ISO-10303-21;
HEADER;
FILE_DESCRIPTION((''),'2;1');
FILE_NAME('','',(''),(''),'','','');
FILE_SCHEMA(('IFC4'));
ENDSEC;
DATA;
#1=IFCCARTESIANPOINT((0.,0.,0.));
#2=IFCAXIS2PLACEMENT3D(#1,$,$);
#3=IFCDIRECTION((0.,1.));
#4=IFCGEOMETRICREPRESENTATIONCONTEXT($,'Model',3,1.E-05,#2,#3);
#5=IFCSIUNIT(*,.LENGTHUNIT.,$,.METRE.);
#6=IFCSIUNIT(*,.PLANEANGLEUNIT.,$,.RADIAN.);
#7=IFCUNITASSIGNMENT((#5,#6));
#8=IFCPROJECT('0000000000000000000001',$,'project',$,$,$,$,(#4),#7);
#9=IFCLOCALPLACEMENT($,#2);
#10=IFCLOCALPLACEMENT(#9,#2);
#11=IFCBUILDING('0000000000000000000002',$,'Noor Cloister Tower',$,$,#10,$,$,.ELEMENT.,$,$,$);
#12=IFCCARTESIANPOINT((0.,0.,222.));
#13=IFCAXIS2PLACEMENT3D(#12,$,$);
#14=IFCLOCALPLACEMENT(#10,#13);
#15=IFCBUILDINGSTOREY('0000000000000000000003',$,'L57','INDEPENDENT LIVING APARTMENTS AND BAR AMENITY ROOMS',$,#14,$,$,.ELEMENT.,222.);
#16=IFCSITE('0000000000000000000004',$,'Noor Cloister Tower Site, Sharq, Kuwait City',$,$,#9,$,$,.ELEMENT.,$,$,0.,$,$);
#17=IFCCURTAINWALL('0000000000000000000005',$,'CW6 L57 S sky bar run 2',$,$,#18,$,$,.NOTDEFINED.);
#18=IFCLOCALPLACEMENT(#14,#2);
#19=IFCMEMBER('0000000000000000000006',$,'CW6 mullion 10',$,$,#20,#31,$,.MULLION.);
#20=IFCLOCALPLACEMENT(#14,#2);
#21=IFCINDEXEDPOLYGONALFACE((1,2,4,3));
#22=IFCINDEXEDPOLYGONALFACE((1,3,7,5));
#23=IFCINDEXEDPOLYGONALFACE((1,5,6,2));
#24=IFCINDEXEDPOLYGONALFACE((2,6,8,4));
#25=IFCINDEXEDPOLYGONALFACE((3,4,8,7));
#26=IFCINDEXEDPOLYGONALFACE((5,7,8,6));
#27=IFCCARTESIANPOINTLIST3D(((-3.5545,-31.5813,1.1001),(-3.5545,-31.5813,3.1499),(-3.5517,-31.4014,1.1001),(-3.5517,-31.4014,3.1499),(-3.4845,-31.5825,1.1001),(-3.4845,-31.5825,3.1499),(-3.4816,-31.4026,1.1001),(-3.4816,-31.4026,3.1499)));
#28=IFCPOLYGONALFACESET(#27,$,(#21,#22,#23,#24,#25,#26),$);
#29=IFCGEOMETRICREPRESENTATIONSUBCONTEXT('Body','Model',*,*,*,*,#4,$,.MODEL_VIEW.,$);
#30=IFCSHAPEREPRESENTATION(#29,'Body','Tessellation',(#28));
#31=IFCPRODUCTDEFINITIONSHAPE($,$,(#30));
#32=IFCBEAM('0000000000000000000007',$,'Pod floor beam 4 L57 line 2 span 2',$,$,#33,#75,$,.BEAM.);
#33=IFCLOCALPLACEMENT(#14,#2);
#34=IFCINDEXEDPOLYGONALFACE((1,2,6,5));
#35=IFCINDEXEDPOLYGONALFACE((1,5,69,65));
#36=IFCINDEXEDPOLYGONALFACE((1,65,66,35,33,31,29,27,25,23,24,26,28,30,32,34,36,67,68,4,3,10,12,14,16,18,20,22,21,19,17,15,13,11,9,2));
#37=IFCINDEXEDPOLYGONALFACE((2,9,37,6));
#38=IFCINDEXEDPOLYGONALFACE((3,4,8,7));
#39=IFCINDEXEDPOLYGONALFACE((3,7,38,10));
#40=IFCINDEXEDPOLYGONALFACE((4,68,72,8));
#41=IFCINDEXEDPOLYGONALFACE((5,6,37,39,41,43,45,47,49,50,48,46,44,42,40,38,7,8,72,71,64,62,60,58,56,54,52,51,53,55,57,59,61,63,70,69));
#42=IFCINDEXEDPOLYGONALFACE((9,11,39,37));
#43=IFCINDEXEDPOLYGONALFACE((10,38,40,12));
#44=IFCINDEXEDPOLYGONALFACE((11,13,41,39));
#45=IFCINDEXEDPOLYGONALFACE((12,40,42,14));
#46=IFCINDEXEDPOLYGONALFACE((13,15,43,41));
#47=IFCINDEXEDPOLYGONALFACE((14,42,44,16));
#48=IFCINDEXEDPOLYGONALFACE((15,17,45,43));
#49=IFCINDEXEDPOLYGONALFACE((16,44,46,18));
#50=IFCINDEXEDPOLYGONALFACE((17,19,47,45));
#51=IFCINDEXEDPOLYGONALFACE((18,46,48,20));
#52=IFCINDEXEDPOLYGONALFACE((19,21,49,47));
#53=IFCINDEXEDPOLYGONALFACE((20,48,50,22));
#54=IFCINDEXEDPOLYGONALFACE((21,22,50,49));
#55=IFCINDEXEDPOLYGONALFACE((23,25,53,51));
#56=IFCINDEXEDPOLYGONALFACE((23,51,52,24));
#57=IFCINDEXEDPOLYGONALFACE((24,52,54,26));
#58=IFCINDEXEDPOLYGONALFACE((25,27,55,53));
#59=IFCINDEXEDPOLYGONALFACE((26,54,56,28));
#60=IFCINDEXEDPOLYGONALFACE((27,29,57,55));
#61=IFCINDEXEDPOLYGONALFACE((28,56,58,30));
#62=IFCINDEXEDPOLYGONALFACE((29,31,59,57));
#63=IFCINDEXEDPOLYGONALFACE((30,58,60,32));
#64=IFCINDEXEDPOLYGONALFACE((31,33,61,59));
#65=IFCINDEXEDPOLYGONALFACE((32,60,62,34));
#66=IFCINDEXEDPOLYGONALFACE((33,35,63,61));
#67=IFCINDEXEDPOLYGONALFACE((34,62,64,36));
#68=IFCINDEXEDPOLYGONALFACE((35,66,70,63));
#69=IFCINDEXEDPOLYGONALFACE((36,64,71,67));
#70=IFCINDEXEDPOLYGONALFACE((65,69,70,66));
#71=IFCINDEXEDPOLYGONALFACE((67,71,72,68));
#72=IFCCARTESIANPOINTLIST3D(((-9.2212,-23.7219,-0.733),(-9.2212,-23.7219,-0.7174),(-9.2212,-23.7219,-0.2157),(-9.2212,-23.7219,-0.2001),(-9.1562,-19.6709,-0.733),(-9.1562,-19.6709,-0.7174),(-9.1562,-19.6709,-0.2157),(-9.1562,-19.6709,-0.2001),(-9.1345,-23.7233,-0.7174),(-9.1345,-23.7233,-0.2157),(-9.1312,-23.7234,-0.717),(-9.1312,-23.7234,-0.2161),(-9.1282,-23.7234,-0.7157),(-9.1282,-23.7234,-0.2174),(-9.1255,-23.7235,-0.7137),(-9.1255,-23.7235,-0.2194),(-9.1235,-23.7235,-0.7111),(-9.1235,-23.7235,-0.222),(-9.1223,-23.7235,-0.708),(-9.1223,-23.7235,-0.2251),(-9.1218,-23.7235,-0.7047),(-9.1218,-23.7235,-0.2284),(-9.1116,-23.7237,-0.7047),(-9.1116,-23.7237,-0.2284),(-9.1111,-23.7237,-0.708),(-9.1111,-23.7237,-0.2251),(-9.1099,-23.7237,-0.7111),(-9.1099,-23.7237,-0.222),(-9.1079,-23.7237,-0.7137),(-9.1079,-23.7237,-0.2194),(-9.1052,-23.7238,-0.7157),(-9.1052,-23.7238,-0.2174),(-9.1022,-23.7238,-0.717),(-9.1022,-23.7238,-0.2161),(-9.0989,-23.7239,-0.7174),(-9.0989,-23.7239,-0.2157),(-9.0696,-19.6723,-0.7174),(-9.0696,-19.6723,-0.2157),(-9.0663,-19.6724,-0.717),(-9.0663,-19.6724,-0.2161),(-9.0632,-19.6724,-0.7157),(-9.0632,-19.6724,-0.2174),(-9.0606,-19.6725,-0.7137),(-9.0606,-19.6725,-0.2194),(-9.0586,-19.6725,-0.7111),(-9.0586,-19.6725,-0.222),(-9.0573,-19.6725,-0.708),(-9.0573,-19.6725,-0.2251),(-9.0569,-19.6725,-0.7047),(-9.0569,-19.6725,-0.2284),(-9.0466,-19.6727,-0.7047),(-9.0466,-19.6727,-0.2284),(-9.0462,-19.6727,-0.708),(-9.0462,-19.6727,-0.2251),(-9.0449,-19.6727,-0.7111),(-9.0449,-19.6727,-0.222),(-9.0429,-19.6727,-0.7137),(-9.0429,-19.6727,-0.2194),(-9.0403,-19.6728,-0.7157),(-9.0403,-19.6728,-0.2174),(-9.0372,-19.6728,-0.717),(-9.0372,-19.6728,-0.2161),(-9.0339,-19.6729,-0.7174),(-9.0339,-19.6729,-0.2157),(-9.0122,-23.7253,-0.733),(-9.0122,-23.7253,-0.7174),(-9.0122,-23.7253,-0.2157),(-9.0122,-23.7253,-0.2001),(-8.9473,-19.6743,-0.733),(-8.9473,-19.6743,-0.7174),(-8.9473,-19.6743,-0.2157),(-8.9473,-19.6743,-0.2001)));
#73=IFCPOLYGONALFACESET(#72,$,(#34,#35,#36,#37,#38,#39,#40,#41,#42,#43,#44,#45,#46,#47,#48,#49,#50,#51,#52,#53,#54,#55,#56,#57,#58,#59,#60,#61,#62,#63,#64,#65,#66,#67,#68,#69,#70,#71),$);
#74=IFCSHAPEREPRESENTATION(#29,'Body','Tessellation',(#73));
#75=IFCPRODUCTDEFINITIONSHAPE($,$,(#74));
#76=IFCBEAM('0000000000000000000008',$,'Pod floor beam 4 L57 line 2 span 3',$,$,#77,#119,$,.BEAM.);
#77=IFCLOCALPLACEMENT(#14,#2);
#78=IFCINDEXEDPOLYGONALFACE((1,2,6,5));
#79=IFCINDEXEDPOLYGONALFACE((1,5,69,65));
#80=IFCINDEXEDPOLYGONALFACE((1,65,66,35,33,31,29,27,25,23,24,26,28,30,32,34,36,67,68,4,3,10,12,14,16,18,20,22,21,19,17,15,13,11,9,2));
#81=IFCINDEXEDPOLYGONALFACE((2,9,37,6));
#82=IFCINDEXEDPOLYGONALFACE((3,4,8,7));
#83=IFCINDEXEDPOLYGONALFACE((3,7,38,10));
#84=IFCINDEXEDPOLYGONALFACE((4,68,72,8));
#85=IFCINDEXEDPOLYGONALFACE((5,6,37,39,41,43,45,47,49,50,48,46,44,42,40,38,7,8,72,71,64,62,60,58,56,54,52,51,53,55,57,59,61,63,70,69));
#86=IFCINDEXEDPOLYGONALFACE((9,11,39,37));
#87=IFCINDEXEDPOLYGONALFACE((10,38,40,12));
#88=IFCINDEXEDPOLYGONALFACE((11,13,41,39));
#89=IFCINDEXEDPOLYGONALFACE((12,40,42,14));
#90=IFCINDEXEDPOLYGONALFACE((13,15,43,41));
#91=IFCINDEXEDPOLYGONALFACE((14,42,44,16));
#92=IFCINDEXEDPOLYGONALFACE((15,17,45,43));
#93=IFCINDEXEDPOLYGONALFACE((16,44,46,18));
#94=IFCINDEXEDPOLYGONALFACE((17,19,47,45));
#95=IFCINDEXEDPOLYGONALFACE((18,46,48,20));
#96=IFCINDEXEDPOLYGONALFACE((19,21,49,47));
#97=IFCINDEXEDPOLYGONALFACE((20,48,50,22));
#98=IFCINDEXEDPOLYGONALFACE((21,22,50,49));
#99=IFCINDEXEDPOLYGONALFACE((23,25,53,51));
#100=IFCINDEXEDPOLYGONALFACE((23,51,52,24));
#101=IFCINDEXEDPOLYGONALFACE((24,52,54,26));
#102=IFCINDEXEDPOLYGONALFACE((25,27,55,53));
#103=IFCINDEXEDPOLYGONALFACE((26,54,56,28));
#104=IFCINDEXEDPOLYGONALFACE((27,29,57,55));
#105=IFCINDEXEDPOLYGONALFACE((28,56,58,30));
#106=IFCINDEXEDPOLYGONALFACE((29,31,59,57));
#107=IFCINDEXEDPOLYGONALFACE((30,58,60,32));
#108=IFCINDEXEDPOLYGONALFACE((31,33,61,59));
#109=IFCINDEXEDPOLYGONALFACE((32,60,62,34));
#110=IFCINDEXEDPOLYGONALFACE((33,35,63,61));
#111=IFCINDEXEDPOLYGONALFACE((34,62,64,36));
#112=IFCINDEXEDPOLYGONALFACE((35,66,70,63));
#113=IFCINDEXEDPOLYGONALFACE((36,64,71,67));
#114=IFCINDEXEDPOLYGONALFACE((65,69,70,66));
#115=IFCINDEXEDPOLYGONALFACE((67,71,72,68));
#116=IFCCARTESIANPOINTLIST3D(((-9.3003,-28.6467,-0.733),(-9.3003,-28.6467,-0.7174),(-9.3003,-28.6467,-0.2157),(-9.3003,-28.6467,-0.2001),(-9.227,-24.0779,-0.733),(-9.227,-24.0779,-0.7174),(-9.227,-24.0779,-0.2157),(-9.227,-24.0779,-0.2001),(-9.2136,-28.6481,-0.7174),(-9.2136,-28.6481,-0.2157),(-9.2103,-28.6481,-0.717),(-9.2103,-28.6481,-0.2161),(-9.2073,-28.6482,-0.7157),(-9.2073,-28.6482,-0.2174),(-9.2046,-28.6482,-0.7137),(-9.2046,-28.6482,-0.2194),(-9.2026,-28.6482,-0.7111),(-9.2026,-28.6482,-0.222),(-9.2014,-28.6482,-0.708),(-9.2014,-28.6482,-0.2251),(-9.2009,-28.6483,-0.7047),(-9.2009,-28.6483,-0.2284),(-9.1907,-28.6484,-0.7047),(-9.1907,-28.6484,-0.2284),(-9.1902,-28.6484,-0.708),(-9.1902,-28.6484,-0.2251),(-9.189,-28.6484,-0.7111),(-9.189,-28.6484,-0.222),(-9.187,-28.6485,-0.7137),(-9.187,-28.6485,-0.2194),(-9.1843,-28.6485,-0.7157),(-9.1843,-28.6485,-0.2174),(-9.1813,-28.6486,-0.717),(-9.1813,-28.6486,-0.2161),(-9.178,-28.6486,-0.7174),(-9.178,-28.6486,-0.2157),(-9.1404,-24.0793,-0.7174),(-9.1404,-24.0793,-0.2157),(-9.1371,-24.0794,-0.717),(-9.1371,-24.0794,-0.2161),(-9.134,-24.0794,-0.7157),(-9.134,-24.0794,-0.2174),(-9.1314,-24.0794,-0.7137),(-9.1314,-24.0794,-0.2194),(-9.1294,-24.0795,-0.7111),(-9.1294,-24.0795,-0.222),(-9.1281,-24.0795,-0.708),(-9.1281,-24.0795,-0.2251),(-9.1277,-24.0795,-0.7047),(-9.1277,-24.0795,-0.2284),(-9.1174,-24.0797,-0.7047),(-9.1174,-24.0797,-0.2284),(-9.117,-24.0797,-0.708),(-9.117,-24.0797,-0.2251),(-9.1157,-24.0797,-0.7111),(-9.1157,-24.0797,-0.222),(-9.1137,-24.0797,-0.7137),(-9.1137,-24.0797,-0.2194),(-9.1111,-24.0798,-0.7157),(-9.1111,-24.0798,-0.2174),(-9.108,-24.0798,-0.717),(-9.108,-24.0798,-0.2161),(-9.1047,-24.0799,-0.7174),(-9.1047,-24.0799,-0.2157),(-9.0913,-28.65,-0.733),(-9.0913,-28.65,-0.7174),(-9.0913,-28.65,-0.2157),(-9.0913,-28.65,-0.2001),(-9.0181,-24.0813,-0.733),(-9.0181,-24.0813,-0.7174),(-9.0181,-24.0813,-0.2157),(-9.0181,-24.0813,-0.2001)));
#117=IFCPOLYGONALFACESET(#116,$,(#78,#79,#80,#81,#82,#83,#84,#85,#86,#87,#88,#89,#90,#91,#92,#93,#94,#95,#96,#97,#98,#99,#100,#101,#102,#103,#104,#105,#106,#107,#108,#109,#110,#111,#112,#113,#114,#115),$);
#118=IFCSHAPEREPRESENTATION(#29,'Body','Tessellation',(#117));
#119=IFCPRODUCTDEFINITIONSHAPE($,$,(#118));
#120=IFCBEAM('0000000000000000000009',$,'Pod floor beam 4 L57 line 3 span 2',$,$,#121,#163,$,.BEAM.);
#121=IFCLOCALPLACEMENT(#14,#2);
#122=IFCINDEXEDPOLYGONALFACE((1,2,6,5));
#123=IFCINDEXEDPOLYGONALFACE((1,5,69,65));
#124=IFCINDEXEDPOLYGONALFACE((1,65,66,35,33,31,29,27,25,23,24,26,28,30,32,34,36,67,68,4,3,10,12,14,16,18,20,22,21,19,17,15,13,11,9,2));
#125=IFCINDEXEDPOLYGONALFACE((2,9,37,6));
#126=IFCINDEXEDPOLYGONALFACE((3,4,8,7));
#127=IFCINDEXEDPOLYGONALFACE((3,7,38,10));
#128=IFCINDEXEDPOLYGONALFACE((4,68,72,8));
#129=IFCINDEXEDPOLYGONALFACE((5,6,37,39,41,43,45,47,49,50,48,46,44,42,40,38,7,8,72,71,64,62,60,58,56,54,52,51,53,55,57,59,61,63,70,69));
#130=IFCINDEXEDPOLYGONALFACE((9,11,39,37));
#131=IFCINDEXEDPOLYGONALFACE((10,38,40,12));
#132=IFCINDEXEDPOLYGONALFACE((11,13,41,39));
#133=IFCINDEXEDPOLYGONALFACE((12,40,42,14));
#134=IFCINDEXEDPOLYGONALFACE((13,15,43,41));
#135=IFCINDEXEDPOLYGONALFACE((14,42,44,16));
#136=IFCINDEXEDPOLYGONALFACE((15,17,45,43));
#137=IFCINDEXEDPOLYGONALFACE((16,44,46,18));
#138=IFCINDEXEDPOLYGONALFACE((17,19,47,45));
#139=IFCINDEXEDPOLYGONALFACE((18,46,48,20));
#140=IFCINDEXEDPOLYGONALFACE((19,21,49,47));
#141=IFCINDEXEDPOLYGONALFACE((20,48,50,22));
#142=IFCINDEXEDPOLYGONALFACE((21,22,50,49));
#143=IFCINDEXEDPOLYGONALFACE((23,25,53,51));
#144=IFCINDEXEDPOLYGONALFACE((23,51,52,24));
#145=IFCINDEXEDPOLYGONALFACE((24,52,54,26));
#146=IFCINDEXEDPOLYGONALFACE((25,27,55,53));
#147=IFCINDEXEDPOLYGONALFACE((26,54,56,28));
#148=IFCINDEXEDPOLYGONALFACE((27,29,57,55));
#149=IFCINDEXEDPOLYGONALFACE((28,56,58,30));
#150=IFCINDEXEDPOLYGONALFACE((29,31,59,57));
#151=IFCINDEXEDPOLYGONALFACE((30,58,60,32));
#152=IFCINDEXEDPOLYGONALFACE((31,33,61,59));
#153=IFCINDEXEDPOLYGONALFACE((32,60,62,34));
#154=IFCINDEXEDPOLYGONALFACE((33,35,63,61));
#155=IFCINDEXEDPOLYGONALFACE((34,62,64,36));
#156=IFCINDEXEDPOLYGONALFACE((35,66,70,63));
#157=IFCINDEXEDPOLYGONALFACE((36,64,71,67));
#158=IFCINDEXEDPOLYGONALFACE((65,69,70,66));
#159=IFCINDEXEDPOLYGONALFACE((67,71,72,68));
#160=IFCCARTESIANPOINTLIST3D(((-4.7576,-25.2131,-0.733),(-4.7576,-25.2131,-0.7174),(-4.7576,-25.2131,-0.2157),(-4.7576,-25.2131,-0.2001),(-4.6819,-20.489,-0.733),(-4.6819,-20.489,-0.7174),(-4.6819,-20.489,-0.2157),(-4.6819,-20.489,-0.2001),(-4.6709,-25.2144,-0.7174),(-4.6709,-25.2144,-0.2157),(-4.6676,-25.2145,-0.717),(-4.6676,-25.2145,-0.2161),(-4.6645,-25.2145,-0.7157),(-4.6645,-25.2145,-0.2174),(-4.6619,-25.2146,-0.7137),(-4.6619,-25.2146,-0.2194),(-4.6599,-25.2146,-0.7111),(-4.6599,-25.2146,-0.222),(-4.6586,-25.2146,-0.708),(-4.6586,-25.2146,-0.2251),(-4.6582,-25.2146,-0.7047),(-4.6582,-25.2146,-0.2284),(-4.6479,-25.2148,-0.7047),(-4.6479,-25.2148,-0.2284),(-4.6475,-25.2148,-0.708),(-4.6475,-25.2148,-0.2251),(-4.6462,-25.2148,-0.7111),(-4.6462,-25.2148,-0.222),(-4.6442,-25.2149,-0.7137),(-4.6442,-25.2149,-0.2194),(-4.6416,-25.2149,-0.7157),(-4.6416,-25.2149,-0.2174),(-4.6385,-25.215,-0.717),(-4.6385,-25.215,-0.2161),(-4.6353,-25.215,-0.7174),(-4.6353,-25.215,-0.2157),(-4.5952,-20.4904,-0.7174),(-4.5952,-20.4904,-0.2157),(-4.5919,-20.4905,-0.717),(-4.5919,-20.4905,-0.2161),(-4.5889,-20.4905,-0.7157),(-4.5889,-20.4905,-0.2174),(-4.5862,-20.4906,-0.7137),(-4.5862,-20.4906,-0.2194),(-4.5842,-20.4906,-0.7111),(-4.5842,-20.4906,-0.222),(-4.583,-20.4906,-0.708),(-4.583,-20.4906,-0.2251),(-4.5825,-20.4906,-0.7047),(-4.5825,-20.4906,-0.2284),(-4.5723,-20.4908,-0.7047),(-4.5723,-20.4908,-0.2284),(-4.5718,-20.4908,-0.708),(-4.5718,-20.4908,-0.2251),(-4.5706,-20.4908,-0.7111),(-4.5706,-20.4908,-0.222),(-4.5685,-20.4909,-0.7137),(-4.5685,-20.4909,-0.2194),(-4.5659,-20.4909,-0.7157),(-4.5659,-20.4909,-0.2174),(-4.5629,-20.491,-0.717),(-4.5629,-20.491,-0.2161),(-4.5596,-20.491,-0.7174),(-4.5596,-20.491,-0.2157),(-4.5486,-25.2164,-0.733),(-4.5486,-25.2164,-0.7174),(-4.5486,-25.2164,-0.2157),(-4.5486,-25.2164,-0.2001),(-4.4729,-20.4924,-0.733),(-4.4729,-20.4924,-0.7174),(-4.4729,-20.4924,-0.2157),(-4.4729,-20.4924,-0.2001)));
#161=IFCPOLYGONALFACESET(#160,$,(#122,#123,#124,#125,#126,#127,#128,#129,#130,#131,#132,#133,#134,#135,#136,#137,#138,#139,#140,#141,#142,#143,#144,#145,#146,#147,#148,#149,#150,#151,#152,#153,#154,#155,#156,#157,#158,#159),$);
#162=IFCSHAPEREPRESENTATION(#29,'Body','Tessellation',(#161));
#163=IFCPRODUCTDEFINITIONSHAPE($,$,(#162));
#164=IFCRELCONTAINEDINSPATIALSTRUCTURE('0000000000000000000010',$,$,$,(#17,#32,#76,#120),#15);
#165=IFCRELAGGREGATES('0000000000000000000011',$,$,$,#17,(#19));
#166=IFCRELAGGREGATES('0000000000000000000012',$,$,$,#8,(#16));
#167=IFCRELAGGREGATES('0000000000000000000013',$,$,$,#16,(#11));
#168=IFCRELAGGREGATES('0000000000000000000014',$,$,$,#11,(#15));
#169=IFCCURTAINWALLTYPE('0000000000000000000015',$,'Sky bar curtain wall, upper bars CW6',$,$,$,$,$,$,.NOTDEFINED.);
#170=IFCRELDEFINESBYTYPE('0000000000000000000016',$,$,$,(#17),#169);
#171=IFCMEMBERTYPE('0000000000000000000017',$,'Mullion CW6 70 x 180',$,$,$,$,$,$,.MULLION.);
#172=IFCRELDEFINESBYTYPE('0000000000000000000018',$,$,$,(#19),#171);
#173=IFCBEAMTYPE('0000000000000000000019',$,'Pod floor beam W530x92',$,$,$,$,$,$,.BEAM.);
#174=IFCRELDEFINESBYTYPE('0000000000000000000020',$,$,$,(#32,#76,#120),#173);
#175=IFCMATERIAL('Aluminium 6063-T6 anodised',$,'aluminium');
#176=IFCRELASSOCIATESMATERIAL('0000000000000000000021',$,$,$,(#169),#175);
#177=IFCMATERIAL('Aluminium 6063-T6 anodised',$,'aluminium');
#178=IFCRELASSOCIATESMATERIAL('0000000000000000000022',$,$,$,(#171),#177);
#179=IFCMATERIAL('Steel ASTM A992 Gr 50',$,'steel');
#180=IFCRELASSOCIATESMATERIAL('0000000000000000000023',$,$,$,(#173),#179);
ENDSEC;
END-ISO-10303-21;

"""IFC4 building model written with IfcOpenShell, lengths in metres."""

from ifc_helpers import new_model, si_unit, direction, frame, origin, origin_2d, place, context, subcontext, project, spatial, rectangle, i_section, extrude, material, material_profile, profile_set, type_object, element, aggregate, save


model = new_model("IFC4")

# Units and contexts
model_context = context("Model", 3, precision=1e-05, world=origin(), true_north=direction((0.0, 1.0)))
body_context = subcontext(model_context, "Body", "Model", "MODEL_VIEW")
ifc_project = project(units=[si_unit("LENGTHUNIT", "METRE"), si_unit("PLANEANGLEUNIT", "RADIAN")], contexts=[model_context])

# Site, building, storey
site_placement = place(None, origin())
site = spatial("IfcSite", under=ifc_project, at=site_placement, Name="Noor Cloister Tower Site, Sharq, Kuwait City", CompositionType="ELEMENT", RefElevation=0.0)
building_placement = place(site_placement, origin())
building = spatial("IfcBuilding", under=site, at=building_placement, Name="Noor Cloister Tower", CompositionType="ELEMENT")
storey_placement = place(building_placement, frame((0.0, 0.0, 222.0)))
storey = spatial("IfcBuildingStorey", under=building, at=storey_placement, Name="L57", Description="INDEPENDENT LIVING APARTMENTS AND BAR AMENITY ROOMS", CompositionType="ELEMENT", Elevation=222.0)

# Curtain wall, member
ifc_material_1 = material(Name="Aluminium 6063-T6 anodised", Category="aluminium")
curtain_wall_type = type_object("IfcCurtainWallType", Name="Sky bar curtain wall, upper bars CW6", PredefinedType="NOTDEFINED", material=ifc_material_1)
curtain_wall_placement = place(storey_placement, origin())
curtain_wall = element("IfcCurtainWall", 1, at=curtain_wall_placement, inside=storey, type_object=curtain_wall_type, Name="CW6 L57 S sky bar run 2", PredefinedType="NOTDEFINED")
ifc_material_2 = material(Name="Aluminium 6063-T6 anodised", Category="aluminium")
ifc_material_profile_1 = material_profile(ifc_material_2, rectangle(XDim=0.1799, YDim=0.0701, at=origin_2d()), Name="180 x 70 mullion")
ifc_profile_set_1 = profile_set([ifc_material_profile_1], Name="Aluminium 6063-T6 anodised")
member_type = type_object("IfcMemberType", Name="Mullion CW6 70 x 180", PredefinedType="MULLION", material=ifc_profile_set_1)
member_1_placement = place(storey_placement, frame((-3.5181, -31.4919, 1.1001), z_axis=(0.0, 0.0, 1.0), x_axis=(0.016039, 0.999871, 0.0)))
member_1 = element("IfcMember", 2, at=member_1_placement, type_object=member_type, Name="CW6 mullion 10", PredefinedType="MULLION", context=body_context, shape_type="SweptSolid", body=[
    extrude(rectangle(XDim=0.1799, YDim=0.0701, at=origin_2d()), origin(), (0.0, 0.0, 1.0), 2.0498),
])

# Beams
ifc_material_3 = material(Name="Steel ASTM A992 Gr 50", Category="steel")
ifc_material_profile_2 = material_profile(ifc_material_3, i_section(OverallWidth=0.209, OverallDepth=0.533, WebThickness=0.0103, FlangeThickness=0.0156, FilletRadius=0.0127, at=origin_2d()), Name="W530x92")
ifc_profile_set_2 = profile_set([ifc_material_profile_2], Name="Steel ASTM A992 Gr 50")
beam_type = type_object("IfcBeamType", Name="Pod floor beam W530x92", PredefinedType="BEAM", material=ifc_profile_set_2)
beam_1_placement = place(storey_placement, frame((-9.0518, -19.6726, -0.4666), z_axis=(-0.016029, -0.999872, 0.0), x_axis=(0.999872, -0.016029, 0.0)))
element("IfcBeam", 3, at=beam_1_placement, inside=storey, type_object=beam_type, Name="Pod floor beam 4 L57 line 2 span 2", PredefinedType="BEAM", context=body_context, shape_type="SweptSolid", body=[
    extrude(i_section(OverallWidth=0.209, OverallDepth=0.533, WebThickness=0.0103, FlangeThickness=0.0156, FilletRadius=0.0127, at=origin_2d()), origin(), (0.0, 0.0, 1.0), 4.0515),
])
beam_2_placement = place(storey_placement, frame((-9.1226, -24.0796, -0.4666), z_axis=(-0.016029, -0.999872, 0.0), x_axis=(0.999872, -0.016029, 0.0)))
element("IfcBeam", 4, at=beam_2_placement, inside=storey, type_object=beam_type, Name="Pod floor beam 4 L57 line 2 span 3", PredefinedType="BEAM", context=body_context, shape_type="SweptSolid", body=[
    extrude(i_section(OverallWidth=0.209, OverallDepth=0.533, WebThickness=0.0103, FlangeThickness=0.0156, FilletRadius=0.0127, at=origin_2d()), origin(), (0.0, 0.0, 1.0), 4.5693),
])
beam_3_placement = place(storey_placement, frame((-4.5774, -20.4907, -0.4666), z_axis=(-0.016019, -0.999872, 0.0), x_axis=(0.999872, -0.016019, 0.0)))
element("IfcBeam", 5, at=beam_3_placement, inside=storey, type_object=beam_type, Name="Pod floor beam 4 L57 line 3 span 2", PredefinedType="BEAM", context=body_context, shape_type="SweptSolid", body=[
    extrude(i_section(OverallWidth=0.209, OverallDepth=0.533, WebThickness=0.0103, FlangeThickness=0.0156, FilletRadius=0.0127, at=origin_2d()), origin(), (0.0, 0.0, 1.0), 4.7246),
])

aggregate(curtain_wall, [member_1])

save(model, "model.ifc")
